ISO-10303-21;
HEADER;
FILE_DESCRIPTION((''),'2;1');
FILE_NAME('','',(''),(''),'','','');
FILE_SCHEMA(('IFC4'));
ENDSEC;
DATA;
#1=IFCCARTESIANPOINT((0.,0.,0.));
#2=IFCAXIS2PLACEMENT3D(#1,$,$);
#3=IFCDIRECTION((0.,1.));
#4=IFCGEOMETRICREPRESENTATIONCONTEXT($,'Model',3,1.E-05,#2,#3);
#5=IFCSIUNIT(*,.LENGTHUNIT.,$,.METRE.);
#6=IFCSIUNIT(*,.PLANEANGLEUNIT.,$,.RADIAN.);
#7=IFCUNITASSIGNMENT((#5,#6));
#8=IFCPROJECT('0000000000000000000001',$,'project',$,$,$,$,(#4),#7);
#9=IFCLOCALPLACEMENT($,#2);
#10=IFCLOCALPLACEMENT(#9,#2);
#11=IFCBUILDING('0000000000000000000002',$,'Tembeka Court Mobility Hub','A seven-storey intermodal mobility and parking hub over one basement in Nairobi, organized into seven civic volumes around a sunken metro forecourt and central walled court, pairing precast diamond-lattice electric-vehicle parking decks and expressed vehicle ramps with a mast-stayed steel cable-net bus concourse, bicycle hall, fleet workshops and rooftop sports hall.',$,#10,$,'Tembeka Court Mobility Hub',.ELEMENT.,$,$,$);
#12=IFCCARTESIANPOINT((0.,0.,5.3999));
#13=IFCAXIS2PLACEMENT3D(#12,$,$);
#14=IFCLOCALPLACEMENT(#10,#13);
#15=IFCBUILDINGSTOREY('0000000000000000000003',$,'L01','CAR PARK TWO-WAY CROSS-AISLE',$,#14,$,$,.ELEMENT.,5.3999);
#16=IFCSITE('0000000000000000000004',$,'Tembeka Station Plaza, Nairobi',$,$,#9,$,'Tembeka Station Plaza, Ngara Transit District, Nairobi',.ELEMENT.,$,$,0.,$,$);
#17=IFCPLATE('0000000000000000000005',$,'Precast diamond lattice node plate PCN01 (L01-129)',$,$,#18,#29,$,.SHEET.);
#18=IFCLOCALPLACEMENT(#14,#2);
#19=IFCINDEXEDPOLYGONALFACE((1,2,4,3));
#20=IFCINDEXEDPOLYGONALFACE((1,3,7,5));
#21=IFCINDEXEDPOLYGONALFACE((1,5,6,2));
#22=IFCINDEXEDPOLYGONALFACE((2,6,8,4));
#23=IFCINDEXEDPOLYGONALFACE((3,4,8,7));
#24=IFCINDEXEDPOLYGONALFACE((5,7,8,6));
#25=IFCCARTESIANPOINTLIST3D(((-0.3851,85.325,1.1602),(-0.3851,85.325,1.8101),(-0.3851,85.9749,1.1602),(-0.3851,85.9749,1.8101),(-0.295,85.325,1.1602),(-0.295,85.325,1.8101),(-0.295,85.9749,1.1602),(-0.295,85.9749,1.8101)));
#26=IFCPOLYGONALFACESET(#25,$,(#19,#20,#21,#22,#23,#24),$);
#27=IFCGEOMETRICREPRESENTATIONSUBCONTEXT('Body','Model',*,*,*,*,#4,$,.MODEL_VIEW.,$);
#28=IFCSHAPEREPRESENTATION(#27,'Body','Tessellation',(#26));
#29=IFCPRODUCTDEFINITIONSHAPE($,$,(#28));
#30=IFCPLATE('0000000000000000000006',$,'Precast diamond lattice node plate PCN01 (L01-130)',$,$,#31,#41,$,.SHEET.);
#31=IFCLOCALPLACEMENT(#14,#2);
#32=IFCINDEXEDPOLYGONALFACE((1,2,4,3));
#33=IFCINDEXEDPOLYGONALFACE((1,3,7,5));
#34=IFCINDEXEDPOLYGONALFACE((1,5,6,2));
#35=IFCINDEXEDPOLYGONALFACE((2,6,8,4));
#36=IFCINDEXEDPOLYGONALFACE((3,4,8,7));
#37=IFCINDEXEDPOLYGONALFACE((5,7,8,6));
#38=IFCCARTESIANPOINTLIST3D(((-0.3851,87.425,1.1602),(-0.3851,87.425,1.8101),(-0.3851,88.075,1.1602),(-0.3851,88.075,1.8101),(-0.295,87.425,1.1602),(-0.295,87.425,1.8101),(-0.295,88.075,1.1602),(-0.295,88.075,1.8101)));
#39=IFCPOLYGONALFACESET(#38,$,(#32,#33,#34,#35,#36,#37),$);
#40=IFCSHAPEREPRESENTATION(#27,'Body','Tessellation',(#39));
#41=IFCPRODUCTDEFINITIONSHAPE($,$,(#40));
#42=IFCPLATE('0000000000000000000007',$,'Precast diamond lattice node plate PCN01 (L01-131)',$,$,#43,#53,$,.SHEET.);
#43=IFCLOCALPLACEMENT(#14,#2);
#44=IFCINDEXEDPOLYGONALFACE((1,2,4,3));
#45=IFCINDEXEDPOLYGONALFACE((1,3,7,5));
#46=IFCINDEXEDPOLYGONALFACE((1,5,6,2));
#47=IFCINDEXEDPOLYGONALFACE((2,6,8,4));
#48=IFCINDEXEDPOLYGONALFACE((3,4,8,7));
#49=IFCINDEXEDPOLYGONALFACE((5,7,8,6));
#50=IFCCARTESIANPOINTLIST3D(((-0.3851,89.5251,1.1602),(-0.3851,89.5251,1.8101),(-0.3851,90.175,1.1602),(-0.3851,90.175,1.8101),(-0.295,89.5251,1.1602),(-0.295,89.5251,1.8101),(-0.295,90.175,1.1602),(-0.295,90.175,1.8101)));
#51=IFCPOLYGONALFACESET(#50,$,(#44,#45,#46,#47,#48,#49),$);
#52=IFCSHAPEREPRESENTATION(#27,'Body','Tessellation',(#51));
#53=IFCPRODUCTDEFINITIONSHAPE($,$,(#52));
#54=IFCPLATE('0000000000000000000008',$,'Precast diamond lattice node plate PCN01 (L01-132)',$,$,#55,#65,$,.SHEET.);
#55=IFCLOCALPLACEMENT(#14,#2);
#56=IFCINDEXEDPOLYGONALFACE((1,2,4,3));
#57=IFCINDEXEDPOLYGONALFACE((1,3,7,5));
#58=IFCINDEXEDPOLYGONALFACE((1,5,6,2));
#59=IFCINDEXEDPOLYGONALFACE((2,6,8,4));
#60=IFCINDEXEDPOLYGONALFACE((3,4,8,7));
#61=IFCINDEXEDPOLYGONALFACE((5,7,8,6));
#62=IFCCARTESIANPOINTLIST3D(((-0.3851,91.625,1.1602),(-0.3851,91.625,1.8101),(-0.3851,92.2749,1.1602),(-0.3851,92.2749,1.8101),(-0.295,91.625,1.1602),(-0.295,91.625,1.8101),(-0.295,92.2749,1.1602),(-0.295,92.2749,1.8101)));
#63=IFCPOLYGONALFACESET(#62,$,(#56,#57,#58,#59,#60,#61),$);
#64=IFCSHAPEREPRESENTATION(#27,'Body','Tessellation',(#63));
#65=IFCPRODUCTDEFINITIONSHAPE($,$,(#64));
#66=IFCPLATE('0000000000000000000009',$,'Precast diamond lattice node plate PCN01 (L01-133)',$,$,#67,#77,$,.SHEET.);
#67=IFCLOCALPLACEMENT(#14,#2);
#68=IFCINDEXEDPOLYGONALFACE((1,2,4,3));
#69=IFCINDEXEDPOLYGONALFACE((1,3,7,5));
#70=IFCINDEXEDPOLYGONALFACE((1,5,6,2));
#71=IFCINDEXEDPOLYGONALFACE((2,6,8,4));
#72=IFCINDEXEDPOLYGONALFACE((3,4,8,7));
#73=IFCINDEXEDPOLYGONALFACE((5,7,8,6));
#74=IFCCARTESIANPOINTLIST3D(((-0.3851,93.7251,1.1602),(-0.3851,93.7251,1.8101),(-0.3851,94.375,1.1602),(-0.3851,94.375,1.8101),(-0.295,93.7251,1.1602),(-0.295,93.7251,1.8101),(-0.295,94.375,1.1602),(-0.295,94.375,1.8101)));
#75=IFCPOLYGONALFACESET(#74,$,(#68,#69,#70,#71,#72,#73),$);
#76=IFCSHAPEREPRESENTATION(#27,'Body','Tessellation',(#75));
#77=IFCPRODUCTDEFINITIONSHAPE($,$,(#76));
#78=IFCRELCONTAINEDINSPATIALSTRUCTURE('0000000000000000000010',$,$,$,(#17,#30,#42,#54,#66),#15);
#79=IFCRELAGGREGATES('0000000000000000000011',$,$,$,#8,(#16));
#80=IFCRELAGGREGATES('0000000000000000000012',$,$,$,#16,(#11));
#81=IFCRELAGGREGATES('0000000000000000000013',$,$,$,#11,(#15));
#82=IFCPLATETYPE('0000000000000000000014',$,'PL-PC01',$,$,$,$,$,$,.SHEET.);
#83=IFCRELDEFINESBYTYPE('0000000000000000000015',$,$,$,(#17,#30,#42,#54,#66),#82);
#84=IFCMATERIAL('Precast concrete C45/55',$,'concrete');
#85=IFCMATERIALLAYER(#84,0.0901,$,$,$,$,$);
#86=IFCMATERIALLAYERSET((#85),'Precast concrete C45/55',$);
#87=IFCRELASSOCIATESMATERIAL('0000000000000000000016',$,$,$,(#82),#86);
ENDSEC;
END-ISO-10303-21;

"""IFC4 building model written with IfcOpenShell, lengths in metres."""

from ifc_helpers import new_model, si_unit, direction, frame, origin, origin_2d, place, context, subcontext, project, spatial, rectangle, extrude, material, layer, layer_set, type_object, element, save


model = new_model("IFC4")

# Units and contexts
model_context = context("Model", 3, precision=1e-05, world=origin(), true_north=direction((0.0, 1.0)))
body_context = subcontext(model_context, "Body", "Model", "MODEL_VIEW")
ifc_project = project(units=[si_unit("LENGTHUNIT", "METRE"), si_unit("PLANEANGLEUNIT", "RADIAN")], contexts=[model_context])

# Site, building, storey
site_placement = place(None, origin())
site = spatial("IfcSite", under=ifc_project, at=site_placement, Name="Tembeka Station Plaza, Nairobi", LongName="Tembeka Station Plaza, Ngara Transit District, Nairobi", CompositionType="ELEMENT", RefElevation=0.0)
building_placement = place(site_placement, origin())
building = spatial("IfcBuilding", under=site, at=building_placement, Name="Tembeka Court Mobility Hub", Description="A seven-storey intermodal mobility and parking hub over one basement in Nairobi, organized into seven civic volumes around a sunken metro forecourt and central walled court, pairing precast diamond-lattice electric-vehicle parking decks and expressed vehicle ramps with a mast-stayed steel cable-net bus concourse, bicycle hall, fleet workshops and rooftop sports hall.", LongName="Tembeka Court Mobility Hub", CompositionType="ELEMENT")
storey_placement = place(building_placement, frame((0.0, 0.0, 5.3999)))
storey = spatial("IfcBuildingStorey", under=building, at=storey_placement, Name="L01", Description="CAR PARK TWO-WAY CROSS-AISLE", CompositionType="ELEMENT", Elevation=5.3999)

# Shared definitions
ifc_material_1 = material(Name="Precast concrete C45/55", Category="concrete")

# Plates
ifc_layer = layer(ifc_material_1, 0.0901)
ifc_layer_set = layer_set([ifc_layer], Name="Precast concrete C45/55")
plate_type = type_object("IfcPlateType", Name="PL-PC01", PredefinedType="SHEET", material=ifc_layer_set)
for number, where, z_axis, x_axis, name in (
    (1, (-0.3401, 85.6499, 1.1602), (0.0, 0.0, 1.0), (1.0, 0.0, 0.0), "Precast diamond lattice node plate PCN01 (L01-129)"),
    (2, (-0.3401, 87.75, 1.1602), (0.0, 0.0, 1.0), (1.0, 0.0, 0.0), "Precast diamond lattice node plate PCN01 (L01-130)"),
    (3, (-0.3401, 89.8501, 1.1602), (0.0, 0.0, 1.0), (1.0, 0.0, 0.0), "Precast diamond lattice node plate PCN01 (L01-131)"),
    (4, (-0.3401, 91.95, 1.1602), (0.0, 0.0, 1.0), (1.0, 0.0, 0.0), "Precast diamond lattice node plate PCN01 (L01-132)"),
    (5, (-0.3401, 94.05, 1.1602), (0.0, 0.0, 1.0), (1.0, 0.0, 0.0), "Precast diamond lattice node plate PCN01 (L01-133)"),
):
    element("IfcPlate", number, at=place(storey_placement, frame(where, z_axis=z_axis, x_axis=x_axis)), inside=storey, type_object=plate_type, Name=name, PredefinedType="SHEET", context=body_context, shape_type="SweptSolid", body=[
        extrude(rectangle(XDim=0.0901, YDim=0.6499, at=origin_2d()), origin(), (0.0, 0.0, 1.0), 0.6499),
    ])

save(model, "model.ifc")
